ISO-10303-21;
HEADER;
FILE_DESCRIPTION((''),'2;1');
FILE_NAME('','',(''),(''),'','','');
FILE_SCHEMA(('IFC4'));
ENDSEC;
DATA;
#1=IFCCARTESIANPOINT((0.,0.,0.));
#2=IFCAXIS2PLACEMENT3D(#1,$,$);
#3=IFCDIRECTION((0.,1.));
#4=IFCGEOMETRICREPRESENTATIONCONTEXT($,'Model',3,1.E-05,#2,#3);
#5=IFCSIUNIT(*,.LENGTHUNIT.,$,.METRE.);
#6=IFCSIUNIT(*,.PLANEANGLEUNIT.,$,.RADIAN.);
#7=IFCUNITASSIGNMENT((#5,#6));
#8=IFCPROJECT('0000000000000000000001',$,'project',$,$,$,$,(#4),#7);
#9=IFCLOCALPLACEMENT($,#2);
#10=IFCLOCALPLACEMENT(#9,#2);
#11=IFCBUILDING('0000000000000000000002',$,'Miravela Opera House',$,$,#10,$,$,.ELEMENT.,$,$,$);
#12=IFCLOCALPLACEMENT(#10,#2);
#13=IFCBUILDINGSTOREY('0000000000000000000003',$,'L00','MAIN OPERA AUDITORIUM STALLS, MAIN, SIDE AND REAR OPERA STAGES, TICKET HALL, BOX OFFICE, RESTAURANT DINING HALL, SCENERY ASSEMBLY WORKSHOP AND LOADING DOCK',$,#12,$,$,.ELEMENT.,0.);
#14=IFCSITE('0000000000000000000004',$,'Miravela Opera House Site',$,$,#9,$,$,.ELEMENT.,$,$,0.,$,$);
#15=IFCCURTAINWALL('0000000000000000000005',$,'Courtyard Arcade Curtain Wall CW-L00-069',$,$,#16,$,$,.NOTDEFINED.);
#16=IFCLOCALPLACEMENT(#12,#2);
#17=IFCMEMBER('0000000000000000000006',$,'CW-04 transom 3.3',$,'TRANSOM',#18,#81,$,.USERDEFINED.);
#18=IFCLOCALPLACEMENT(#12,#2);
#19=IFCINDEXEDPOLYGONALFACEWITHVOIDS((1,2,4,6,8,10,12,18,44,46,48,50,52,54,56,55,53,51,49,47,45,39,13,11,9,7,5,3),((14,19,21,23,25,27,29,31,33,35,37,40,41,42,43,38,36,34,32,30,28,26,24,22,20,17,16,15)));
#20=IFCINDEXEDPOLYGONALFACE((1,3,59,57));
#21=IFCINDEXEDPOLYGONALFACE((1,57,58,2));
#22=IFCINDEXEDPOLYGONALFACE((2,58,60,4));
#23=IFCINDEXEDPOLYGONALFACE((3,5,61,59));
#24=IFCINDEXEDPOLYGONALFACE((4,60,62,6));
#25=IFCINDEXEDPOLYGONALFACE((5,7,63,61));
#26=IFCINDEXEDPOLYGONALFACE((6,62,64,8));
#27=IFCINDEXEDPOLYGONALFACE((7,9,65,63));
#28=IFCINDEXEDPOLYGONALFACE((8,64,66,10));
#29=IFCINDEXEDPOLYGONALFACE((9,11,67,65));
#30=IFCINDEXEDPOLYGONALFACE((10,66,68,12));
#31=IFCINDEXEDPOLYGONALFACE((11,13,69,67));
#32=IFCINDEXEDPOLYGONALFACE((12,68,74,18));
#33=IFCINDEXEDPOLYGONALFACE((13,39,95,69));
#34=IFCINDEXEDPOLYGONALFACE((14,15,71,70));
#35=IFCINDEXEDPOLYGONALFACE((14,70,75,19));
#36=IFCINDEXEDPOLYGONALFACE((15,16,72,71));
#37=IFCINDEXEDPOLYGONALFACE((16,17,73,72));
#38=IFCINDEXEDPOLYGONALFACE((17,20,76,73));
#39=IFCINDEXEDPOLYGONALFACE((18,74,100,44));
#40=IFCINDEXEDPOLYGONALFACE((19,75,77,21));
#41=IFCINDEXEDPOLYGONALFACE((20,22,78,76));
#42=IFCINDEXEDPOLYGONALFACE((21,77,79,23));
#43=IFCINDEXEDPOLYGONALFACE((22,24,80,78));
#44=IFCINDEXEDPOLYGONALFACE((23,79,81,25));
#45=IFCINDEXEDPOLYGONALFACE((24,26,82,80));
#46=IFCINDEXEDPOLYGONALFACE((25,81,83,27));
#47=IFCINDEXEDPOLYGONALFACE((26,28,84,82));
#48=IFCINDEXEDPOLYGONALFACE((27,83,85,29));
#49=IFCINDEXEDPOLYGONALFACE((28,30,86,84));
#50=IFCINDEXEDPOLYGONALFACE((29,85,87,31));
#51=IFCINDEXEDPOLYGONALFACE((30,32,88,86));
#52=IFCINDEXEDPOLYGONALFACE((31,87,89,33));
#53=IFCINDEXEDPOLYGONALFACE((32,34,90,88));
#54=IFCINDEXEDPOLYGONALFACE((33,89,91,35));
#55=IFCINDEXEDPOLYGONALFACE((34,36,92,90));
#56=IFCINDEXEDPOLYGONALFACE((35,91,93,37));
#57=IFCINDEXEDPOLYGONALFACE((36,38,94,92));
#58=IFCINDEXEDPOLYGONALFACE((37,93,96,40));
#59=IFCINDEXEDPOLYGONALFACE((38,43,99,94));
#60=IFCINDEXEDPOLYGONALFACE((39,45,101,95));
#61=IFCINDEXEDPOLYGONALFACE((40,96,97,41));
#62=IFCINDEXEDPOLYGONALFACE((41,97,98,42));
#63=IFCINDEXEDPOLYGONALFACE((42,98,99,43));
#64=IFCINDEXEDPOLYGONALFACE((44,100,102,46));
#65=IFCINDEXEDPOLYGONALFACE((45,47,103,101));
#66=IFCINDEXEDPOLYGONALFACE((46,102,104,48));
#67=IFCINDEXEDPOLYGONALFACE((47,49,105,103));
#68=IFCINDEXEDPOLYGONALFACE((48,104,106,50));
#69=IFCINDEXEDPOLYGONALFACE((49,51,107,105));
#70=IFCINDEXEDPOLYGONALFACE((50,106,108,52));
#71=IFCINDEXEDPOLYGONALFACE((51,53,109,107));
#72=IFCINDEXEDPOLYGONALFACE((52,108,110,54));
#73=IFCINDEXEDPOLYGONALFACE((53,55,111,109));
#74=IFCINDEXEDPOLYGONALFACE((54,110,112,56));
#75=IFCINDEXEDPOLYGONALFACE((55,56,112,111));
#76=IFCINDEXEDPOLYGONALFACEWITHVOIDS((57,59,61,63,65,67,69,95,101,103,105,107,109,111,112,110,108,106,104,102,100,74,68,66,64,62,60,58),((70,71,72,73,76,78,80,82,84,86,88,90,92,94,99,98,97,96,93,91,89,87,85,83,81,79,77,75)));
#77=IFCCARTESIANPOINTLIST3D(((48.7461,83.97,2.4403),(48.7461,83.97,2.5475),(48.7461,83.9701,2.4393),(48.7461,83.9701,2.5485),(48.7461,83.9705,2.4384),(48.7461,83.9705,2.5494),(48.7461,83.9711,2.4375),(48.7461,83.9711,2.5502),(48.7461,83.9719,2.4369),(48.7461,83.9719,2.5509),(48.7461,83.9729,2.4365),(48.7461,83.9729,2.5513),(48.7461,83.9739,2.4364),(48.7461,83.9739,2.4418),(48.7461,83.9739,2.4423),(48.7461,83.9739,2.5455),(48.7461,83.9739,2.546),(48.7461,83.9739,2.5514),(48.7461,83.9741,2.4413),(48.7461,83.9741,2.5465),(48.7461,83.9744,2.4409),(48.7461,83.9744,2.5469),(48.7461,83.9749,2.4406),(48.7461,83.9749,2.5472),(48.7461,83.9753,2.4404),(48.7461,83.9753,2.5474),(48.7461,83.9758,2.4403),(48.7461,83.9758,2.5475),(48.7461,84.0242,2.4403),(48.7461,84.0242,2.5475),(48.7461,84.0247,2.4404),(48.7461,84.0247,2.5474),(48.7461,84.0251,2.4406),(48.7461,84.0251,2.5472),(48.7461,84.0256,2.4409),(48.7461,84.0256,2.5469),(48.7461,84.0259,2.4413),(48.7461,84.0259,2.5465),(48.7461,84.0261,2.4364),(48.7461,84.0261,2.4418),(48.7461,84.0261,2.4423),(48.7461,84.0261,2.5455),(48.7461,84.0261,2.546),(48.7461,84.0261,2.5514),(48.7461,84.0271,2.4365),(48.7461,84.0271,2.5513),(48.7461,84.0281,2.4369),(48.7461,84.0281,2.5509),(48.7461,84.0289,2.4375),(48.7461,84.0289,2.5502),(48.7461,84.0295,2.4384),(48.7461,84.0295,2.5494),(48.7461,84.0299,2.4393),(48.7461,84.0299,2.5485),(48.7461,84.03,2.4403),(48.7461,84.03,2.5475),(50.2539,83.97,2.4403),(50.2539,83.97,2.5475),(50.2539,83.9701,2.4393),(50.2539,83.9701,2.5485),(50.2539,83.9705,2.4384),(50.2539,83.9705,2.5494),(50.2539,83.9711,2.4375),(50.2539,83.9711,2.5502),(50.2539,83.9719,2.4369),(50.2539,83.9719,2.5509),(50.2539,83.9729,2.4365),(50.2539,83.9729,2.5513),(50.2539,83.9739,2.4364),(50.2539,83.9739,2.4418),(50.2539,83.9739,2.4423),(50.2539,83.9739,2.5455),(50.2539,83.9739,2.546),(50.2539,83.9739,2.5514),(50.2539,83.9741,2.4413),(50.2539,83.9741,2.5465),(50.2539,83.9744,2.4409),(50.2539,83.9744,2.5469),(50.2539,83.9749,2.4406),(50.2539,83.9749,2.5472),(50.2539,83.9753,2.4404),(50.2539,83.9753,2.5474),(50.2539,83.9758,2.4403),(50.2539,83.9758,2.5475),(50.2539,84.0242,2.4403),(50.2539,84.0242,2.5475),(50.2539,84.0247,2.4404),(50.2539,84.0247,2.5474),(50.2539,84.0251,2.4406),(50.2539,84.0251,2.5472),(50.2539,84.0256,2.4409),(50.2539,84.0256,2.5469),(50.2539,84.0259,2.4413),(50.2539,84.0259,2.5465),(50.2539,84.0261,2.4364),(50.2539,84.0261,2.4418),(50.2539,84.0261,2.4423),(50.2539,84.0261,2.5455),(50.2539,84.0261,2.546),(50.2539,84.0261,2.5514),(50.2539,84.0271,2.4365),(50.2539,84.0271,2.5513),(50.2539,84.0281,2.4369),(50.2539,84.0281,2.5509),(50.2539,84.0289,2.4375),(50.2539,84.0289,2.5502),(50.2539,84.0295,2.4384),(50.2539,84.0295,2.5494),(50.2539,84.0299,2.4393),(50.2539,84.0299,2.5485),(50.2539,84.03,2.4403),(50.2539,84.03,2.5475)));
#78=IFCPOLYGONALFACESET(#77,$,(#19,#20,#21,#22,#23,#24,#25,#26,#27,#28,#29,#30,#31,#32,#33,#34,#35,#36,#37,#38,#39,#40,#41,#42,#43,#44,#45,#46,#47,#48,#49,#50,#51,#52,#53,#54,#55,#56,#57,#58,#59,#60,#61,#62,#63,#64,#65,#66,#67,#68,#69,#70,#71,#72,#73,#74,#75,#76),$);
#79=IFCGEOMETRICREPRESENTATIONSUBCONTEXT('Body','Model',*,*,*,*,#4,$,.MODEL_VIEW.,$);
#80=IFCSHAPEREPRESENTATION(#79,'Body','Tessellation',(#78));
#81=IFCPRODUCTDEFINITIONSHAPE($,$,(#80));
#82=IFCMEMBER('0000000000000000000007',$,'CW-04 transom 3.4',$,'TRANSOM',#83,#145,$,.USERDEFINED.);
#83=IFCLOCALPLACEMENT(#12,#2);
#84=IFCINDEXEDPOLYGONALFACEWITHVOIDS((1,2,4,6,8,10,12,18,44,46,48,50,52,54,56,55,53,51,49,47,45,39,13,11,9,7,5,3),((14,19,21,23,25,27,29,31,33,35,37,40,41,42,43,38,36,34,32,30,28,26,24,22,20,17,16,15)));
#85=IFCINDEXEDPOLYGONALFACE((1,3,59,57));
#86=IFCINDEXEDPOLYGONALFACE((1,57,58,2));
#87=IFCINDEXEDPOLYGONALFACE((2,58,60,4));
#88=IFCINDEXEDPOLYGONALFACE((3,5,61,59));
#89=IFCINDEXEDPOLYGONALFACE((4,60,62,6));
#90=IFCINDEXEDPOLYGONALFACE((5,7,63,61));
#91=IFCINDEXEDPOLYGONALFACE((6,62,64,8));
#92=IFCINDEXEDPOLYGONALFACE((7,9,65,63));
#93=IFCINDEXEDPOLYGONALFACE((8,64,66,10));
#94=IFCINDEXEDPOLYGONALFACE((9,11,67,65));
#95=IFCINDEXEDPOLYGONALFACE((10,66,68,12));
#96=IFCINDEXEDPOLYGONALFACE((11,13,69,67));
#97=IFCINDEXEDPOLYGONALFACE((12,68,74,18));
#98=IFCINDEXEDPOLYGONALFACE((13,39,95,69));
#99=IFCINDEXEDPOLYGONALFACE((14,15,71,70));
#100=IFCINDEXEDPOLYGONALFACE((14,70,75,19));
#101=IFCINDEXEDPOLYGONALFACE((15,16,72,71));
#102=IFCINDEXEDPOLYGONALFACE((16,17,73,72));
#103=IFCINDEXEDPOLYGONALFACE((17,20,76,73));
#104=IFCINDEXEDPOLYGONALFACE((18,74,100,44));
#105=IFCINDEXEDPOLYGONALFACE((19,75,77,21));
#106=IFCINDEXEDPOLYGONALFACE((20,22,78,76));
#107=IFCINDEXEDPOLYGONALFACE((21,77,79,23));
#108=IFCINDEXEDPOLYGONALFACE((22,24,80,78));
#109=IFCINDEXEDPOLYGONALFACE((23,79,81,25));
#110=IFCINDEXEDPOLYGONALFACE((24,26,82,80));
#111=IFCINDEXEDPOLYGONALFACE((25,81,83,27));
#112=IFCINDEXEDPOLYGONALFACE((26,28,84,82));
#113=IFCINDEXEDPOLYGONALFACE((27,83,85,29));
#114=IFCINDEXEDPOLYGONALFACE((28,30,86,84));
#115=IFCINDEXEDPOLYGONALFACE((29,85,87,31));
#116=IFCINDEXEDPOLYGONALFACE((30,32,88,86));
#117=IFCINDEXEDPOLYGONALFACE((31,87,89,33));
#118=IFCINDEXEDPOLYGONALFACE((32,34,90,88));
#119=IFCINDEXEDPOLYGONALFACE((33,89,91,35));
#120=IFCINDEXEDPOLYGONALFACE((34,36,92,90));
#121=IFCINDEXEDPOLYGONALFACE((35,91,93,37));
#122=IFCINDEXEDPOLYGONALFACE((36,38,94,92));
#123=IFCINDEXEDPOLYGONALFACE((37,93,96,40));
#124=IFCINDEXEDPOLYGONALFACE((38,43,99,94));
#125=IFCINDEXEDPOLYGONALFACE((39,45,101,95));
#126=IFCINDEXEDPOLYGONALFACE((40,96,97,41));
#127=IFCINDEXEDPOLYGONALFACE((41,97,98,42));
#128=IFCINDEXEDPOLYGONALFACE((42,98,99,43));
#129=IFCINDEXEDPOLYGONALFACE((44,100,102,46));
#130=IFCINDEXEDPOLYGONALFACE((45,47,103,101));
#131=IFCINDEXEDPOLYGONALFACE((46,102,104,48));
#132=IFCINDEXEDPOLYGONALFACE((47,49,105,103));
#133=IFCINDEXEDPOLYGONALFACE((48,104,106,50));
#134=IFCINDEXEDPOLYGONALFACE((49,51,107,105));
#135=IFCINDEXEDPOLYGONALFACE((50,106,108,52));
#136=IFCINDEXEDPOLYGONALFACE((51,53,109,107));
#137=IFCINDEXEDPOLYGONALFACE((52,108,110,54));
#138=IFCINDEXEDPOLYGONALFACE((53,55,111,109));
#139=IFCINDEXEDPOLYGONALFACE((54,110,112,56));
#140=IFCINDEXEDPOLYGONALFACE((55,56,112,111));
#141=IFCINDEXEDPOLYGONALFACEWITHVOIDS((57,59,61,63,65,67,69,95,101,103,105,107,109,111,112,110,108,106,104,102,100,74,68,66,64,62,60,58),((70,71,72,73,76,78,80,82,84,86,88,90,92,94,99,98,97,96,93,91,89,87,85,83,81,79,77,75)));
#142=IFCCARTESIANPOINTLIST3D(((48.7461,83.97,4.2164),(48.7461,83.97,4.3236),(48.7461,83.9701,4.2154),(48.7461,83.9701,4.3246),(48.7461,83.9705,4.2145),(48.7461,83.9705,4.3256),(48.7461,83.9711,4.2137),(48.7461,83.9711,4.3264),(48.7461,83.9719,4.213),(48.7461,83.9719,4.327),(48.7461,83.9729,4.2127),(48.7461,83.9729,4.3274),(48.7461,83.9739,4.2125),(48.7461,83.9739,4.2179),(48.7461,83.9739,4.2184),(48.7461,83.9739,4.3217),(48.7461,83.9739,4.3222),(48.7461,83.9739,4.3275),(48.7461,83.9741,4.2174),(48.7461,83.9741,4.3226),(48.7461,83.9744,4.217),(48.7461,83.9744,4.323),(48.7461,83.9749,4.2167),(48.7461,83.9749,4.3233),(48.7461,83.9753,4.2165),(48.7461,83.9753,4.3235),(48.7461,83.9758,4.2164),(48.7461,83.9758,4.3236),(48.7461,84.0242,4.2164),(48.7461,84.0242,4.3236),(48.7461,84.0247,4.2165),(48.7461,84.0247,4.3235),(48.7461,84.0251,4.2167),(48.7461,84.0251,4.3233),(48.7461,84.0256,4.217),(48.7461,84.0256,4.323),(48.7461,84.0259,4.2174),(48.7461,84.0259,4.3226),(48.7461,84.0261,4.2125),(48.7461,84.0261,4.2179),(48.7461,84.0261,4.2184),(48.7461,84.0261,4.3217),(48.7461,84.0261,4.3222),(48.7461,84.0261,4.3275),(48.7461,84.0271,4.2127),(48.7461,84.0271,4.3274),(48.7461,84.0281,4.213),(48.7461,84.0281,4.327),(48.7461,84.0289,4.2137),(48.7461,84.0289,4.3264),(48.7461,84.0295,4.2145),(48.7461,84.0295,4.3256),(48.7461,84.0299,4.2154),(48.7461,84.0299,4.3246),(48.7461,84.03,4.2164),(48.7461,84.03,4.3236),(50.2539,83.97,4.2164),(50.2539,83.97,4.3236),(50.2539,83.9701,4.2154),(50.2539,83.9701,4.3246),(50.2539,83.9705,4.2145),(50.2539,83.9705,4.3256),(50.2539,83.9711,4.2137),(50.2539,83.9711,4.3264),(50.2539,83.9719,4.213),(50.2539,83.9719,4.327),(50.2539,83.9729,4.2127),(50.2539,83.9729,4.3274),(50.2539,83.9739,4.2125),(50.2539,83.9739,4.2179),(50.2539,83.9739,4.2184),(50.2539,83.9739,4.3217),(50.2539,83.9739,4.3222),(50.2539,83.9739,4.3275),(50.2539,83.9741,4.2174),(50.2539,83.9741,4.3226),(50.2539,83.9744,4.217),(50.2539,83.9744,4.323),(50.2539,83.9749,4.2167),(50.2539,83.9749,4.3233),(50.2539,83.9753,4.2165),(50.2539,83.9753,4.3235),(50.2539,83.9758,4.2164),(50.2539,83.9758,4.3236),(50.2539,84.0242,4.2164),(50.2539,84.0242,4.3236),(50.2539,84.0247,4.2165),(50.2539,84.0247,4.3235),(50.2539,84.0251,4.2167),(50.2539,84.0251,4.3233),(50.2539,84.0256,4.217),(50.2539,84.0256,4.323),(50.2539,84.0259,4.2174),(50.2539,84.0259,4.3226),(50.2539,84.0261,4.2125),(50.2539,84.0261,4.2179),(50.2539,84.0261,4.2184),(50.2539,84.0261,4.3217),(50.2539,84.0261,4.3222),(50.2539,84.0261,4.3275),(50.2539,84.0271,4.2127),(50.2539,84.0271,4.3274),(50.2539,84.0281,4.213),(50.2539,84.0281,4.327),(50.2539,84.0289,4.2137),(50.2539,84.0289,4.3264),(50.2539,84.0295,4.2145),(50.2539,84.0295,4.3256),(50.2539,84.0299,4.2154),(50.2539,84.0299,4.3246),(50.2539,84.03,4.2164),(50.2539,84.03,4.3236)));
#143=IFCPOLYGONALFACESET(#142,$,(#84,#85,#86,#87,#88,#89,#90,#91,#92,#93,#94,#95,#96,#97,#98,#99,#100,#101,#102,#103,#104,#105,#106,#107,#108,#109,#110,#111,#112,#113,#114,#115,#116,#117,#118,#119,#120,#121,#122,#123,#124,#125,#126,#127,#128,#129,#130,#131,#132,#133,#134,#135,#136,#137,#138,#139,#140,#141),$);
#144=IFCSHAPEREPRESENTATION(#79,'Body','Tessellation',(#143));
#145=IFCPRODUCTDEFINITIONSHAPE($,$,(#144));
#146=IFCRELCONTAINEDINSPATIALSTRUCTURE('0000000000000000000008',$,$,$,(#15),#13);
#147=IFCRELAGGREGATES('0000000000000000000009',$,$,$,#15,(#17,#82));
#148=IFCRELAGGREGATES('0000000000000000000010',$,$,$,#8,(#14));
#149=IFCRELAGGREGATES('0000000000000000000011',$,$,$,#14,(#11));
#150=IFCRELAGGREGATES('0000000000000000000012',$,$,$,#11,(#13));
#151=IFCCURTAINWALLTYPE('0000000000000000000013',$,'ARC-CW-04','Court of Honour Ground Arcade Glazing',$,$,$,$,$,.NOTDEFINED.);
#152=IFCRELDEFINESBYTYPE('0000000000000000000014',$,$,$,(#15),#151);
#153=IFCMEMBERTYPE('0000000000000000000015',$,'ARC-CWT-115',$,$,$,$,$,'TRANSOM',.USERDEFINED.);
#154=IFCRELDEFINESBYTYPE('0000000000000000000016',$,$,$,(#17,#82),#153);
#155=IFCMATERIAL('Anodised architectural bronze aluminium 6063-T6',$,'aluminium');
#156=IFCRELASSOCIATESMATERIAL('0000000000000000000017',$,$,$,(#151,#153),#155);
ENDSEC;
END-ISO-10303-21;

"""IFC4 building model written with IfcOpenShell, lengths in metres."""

from ifc_helpers import new_model, si_unit, direction, frame, origin, origin_2d, place, context, subcontext, project, spatial, hollow_rectangle, extrude, material, material_profile, profile_set, type_object, element, aggregate, save


model = new_model("IFC4")

# Units and contexts
model_context = context("Model", 3, precision=1e-05, world=origin(), true_north=direction((0.0, 1.0)))
body_context = subcontext(model_context, "Body", "Model", "MODEL_VIEW")
ifc_project = project(units=[si_unit("LENGTHUNIT", "METRE"), si_unit("PLANEANGLEUNIT", "RADIAN")], contexts=[model_context])

# Site, building, storey
site_placement = place(None, origin())
site = spatial("IfcSite", under=ifc_project, at=site_placement, Name="Miravela Opera House Site", CompositionType="ELEMENT", RefElevation=0.0)
building_placement = place(site_placement, origin())
building = spatial("IfcBuilding", under=site, at=building_placement, Name="Miravela Opera House", CompositionType="ELEMENT")
storey_placement = place(building_placement, origin())
storey = spatial("IfcBuildingStorey", under=building, at=storey_placement, Name="L00", Description="MAIN OPERA AUDITORIUM STALLS, MAIN, SIDE AND REAR OPERA STAGES, TICKET HALL, BOX OFFICE, RESTAURANT DINING HALL, SCENERY ASSEMBLY WORKSHOP AND LOADING DOCK", CompositionType="ELEMENT", Elevation=0.0)

# Curtain wall, members
ifc_material_1 = material(Name="Anodised architectural bronze aluminium 6063-T6", Category="aluminium")
curtain_wall_type = type_object("IfcCurtainWallType", Name="ARC-CW-04", Description="Court of Honour Ground Arcade Glazing", PredefinedType="NOTDEFINED", material=ifc_material_1)
curtain_wall_placement = place(storey_placement, origin())
curtain_wall = element("IfcCurtainWall", 1, at=curtain_wall_placement, inside=storey, type_object=curtain_wall_type, Name="Courtyard Arcade Curtain Wall CW-L00-069", PredefinedType="NOTDEFINED")
ifc_material_profile_1 = material_profile(ifc_material_1, hollow_rectangle(XDim=0.0601, YDim=0.115, WallThickness=0.0039, InnerFilletRadius=0.002, OuterFilletRadius=0.0039, at=origin_2d()), Name="CWT-60X115")
ifc_profile_set_1 = profile_set([ifc_material_profile_1])
member_type_1 = type_object("IfcMemberType", Name="ARC-CWT-115", ElementType="TRANSOM", PredefinedType="USERDEFINED", material=ifc_profile_set_1)
member_1_placement = place(storey_placement, frame((48.7461, 84.0, 2.4939), z_axis=(1.0, 0.0, 0.0), x_axis=(0.0, 1.0, 0.0)))
member_1 = element("IfcMember", 2, at=member_1_placement, type_object=member_type_1, Name="CW-04 transom 3.3", ObjectType="TRANSOM", PredefinedType="USERDEFINED", context=body_context, shape_type="SweptSolid", body=[
    extrude(hollow_rectangle(XDim=0.0601, YDim=0.115, WallThickness=0.0039, InnerFilletRadius=0.002, OuterFilletRadius=0.0039, at=origin_2d()), origin(), (0.0, 0.0, 1.0), 1.5078),
])
member_2_placement = place(storey_placement, frame((48.7461, 84.0, 4.27), z_axis=(1.0, 0.0, 0.0), x_axis=(0.0, 1.0, 0.0)))
member_2 = element("IfcMember", 3, at=member_2_placement, type_object=member_type_1, Name="CW-04 transom 3.4", ObjectType="TRANSOM", PredefinedType="USERDEFINED", context=body_context, shape_type="SweptSolid", body=[
    extrude(hollow_rectangle(XDim=0.0601, YDim=0.115, WallThickness=0.0039, InnerFilletRadius=0.002, OuterFilletRadius=0.0039, at=origin_2d()), origin(), (0.0, 0.0, 1.0), 1.5078),
])

aggregate(curtain_wall, [member_1, member_2])

save(model, "model.ifc")
